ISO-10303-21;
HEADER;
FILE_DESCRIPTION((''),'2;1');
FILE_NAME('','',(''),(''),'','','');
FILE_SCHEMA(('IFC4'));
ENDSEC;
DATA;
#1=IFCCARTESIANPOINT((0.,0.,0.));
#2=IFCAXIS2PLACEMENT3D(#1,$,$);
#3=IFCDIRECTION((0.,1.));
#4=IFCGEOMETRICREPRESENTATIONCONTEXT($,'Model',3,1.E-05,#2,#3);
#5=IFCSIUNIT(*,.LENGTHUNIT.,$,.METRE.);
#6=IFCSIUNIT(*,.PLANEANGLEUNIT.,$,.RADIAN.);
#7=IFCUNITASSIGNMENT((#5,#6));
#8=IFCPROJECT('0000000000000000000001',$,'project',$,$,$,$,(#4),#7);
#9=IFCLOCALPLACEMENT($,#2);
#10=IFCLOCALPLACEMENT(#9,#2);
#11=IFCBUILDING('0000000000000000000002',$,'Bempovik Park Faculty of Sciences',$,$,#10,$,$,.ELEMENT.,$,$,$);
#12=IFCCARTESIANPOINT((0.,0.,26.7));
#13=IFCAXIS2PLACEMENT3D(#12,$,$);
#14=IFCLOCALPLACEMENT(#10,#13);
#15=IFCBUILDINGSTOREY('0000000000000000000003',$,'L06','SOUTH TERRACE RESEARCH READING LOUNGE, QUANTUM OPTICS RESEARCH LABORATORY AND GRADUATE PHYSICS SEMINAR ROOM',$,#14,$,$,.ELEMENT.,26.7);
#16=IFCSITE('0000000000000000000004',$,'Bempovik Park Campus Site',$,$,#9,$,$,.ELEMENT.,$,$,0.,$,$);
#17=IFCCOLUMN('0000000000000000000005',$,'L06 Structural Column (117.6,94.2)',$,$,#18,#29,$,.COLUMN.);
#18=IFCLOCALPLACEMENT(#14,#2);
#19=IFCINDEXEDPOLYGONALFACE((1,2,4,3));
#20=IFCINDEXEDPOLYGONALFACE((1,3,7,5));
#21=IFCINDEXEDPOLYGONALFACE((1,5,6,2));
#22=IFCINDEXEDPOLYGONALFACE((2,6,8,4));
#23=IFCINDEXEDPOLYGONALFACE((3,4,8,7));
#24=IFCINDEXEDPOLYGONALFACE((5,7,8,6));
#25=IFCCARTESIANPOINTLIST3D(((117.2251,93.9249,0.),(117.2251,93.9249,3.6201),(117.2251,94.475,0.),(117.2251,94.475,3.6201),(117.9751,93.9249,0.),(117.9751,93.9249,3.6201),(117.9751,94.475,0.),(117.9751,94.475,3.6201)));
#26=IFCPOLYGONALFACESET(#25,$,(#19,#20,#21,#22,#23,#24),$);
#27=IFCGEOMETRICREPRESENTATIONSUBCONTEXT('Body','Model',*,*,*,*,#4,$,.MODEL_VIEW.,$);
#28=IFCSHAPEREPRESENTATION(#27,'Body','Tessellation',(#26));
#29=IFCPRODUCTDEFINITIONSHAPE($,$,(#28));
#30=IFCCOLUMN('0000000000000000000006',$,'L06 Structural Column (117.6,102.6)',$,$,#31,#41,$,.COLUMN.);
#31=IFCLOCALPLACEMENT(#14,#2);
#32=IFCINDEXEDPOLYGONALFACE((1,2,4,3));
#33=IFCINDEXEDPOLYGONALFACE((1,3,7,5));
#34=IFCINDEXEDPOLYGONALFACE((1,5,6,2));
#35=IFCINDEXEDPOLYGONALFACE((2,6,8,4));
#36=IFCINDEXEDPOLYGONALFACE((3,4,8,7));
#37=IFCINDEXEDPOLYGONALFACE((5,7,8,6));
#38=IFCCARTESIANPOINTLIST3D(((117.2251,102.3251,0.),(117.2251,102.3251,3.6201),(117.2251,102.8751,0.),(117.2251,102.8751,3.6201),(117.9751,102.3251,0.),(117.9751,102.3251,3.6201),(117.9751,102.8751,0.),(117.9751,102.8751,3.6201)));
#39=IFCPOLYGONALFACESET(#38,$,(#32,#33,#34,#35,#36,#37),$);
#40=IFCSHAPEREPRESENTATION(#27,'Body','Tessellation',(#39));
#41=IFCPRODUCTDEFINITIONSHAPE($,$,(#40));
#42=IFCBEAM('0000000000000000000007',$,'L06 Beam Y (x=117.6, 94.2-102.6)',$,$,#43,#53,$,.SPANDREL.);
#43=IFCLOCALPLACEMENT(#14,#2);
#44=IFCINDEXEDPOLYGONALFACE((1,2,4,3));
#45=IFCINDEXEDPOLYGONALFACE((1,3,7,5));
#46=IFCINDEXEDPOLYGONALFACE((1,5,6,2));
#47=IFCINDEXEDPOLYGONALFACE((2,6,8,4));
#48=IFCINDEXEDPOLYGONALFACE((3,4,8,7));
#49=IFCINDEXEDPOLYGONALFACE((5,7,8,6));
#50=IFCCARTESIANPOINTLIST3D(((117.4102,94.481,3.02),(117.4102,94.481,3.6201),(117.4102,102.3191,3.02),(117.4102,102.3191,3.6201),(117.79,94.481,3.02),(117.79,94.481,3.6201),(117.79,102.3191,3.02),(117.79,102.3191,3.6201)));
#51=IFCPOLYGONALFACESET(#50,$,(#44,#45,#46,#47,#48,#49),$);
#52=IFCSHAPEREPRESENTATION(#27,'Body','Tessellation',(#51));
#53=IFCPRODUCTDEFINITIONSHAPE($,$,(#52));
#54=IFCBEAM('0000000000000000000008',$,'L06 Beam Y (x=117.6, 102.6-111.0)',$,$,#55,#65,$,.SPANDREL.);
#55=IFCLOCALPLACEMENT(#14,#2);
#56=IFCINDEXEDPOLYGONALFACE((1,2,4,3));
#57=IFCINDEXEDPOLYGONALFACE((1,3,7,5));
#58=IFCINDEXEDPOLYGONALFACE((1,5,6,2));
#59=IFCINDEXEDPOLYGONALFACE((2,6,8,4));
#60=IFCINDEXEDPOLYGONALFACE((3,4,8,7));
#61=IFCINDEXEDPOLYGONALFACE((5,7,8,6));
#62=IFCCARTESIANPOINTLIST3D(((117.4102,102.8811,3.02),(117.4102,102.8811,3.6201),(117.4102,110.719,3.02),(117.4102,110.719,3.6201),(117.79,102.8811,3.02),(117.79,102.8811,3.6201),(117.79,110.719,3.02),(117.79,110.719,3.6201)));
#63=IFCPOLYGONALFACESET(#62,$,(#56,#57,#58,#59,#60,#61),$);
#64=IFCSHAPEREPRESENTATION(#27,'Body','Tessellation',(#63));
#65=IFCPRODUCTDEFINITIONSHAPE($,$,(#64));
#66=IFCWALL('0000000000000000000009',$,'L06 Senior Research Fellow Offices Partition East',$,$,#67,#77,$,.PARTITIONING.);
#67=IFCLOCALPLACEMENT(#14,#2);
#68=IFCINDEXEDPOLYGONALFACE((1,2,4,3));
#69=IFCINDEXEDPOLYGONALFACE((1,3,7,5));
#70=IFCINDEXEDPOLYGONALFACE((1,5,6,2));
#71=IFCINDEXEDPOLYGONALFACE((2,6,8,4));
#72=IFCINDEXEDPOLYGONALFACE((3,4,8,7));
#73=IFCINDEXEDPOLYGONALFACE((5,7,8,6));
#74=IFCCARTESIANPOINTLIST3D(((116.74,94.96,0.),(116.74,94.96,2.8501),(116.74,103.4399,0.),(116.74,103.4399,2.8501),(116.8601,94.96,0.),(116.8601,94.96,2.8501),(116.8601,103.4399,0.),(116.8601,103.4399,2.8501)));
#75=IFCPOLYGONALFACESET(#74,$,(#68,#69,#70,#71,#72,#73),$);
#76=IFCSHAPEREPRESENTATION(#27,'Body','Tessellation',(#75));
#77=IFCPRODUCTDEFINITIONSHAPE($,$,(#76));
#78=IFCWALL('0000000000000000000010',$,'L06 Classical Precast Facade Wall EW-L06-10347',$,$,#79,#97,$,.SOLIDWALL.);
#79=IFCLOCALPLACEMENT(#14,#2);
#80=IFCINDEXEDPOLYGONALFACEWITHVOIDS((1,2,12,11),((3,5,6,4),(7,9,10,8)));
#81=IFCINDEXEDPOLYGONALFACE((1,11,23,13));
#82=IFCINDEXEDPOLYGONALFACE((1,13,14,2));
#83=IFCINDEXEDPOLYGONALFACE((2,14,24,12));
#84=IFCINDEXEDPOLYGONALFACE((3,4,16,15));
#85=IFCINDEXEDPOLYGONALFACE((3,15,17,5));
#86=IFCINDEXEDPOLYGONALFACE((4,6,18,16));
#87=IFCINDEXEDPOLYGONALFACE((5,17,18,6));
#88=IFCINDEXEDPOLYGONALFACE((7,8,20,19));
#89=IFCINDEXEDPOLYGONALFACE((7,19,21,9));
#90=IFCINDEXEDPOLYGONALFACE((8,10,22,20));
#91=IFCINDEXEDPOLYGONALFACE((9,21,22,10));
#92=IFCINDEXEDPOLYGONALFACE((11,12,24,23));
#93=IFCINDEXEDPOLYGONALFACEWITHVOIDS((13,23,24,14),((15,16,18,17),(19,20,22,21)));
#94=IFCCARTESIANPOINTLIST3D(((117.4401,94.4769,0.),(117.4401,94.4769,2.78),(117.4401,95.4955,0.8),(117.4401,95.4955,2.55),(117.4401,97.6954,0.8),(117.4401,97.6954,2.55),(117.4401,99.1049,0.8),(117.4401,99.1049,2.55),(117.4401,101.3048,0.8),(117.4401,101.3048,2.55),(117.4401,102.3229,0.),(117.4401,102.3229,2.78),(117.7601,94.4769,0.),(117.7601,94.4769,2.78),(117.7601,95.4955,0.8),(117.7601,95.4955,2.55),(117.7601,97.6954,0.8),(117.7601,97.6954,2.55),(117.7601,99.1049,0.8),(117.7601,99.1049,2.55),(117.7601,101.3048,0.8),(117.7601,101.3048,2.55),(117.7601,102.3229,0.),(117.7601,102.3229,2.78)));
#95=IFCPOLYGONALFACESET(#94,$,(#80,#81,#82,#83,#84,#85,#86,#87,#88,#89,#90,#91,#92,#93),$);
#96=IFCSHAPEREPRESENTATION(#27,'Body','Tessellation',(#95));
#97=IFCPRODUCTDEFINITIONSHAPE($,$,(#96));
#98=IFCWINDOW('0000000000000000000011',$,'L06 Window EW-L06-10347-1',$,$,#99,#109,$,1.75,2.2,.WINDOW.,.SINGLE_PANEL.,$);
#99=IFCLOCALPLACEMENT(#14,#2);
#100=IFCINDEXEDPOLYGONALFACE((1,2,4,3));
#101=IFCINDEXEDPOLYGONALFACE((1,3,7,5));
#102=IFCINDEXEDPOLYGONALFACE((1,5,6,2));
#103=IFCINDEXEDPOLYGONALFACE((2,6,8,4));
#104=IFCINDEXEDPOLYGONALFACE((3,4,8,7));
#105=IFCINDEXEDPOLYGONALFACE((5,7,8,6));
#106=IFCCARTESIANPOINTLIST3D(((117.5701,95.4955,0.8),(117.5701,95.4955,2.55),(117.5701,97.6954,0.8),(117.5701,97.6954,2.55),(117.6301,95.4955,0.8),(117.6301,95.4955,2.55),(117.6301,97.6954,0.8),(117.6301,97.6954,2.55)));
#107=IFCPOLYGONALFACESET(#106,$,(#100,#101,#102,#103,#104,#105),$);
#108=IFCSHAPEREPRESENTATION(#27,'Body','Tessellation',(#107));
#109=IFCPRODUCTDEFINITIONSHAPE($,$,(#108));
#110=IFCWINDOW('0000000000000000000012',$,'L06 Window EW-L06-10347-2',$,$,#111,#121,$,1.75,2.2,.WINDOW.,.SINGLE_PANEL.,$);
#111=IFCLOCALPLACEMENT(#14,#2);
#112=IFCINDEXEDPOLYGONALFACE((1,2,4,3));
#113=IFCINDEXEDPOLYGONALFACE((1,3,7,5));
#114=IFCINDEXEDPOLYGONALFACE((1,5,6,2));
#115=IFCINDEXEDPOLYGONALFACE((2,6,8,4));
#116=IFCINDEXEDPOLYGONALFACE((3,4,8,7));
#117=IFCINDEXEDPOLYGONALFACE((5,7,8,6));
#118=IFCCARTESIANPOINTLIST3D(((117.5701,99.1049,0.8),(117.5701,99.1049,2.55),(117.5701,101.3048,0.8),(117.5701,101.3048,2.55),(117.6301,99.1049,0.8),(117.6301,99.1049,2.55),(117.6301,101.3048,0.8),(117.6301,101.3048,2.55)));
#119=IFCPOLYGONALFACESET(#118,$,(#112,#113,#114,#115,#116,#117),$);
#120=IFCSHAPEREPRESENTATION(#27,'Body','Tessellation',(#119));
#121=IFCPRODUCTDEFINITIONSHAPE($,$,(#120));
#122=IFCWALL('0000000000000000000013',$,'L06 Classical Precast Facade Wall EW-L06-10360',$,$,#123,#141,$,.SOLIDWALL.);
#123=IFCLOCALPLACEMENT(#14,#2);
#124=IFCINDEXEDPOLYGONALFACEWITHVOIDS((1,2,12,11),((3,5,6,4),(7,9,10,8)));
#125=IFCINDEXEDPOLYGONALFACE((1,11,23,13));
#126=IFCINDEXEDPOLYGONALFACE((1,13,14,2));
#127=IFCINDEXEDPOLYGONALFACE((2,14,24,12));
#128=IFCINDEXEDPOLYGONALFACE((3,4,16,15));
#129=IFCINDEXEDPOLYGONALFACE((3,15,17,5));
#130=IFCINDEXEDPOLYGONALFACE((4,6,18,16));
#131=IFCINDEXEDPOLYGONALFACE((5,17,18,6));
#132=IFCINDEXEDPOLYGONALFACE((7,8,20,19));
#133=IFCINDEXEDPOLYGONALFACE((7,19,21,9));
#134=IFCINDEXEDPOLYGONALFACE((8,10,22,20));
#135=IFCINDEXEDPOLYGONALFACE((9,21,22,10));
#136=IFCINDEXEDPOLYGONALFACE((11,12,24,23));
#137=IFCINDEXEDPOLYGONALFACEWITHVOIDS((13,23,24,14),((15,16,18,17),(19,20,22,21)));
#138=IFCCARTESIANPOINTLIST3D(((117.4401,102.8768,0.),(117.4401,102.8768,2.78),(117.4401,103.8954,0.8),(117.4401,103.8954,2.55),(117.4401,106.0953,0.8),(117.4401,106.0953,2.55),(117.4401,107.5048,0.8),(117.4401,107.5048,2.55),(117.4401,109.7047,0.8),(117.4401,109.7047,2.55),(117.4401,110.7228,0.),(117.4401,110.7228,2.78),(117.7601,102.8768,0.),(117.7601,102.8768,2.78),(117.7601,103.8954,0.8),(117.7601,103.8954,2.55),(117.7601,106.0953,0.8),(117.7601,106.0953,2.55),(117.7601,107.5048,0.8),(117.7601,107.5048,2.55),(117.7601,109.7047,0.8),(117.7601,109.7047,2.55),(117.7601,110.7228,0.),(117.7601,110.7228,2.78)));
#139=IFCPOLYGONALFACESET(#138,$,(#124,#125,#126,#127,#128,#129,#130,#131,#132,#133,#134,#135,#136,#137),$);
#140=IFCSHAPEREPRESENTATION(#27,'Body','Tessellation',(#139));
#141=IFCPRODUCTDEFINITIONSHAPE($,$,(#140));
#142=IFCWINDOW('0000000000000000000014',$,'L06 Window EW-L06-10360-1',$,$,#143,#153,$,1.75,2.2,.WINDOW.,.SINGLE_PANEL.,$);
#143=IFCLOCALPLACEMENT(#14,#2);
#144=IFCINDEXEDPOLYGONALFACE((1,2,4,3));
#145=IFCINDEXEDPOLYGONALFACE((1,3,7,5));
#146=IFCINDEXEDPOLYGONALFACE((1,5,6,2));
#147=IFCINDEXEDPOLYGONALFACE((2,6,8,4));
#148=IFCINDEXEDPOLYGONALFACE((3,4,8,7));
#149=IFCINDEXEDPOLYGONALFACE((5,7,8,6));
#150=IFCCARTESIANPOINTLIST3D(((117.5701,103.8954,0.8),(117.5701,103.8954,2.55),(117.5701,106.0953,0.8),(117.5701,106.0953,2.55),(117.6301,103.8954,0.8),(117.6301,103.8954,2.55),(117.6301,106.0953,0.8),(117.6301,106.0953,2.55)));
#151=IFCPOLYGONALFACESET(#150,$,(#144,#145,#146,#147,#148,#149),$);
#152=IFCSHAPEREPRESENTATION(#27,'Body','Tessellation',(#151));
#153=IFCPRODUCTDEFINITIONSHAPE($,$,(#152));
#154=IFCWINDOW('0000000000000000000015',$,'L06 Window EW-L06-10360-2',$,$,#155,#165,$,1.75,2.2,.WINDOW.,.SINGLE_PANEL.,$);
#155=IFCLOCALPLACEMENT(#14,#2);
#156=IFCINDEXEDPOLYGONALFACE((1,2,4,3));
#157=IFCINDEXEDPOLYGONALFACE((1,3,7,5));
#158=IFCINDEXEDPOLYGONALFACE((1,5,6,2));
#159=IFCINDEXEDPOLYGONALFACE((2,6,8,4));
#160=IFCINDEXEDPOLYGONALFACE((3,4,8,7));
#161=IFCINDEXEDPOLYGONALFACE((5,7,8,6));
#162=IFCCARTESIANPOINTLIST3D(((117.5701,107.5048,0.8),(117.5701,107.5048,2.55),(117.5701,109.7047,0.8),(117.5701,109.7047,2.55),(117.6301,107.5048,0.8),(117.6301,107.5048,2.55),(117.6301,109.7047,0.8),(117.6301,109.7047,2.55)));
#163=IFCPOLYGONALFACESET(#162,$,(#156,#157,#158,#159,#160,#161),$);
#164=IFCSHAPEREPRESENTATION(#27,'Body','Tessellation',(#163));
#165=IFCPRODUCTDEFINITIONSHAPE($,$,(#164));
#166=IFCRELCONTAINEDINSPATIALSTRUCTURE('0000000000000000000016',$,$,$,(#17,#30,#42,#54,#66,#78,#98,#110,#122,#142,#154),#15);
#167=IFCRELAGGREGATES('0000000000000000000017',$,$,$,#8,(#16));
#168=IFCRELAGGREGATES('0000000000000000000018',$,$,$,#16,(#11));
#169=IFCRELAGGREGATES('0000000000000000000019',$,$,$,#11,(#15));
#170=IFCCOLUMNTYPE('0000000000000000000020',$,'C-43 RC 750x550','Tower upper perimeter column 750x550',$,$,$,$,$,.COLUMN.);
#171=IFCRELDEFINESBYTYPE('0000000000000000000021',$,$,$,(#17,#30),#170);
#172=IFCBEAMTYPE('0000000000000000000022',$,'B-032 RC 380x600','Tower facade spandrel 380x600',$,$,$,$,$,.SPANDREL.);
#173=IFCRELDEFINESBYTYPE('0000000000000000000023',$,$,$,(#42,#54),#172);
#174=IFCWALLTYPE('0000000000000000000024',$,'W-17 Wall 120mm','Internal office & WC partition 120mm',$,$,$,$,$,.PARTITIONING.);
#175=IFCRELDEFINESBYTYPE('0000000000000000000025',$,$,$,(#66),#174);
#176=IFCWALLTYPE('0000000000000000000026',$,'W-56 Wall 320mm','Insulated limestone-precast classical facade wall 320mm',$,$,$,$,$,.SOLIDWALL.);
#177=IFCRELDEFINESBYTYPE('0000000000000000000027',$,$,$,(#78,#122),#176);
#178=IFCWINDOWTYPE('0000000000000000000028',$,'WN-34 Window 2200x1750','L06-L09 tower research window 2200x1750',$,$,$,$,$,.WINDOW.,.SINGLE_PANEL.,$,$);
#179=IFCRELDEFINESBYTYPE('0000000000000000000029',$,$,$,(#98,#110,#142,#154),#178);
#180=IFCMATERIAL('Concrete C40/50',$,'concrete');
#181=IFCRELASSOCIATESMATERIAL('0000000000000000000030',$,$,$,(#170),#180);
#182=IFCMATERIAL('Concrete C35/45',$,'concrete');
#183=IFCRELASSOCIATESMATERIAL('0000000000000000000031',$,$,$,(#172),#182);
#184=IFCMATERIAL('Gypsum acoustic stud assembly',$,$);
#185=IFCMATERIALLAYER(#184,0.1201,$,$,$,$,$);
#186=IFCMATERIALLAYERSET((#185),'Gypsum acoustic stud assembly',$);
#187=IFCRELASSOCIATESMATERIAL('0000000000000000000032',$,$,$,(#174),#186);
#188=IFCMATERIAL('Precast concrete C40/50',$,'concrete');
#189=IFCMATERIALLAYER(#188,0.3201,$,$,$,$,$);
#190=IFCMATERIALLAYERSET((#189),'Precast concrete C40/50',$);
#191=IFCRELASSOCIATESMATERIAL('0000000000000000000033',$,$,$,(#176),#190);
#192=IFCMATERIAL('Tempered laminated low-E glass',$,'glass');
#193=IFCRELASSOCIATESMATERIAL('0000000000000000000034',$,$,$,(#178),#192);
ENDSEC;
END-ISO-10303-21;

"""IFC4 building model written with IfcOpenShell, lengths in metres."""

from ifc_helpers import new_model, si_unit, direction, frame, frame_2d, origin, origin_2d, place, context, subcontext, project, spatial, rectangle, extrude, material, layer, layer_set, material_profile, profile_set, type_object, element, fill, save


model = new_model("IFC4")

# Units and contexts
model_context = context("Model", 3, precision=1e-05, world=origin(), true_north=direction((0.0, 1.0)))
body_context = subcontext(model_context, "Body", "Model", "MODEL_VIEW")
ifc_project = project(units=[si_unit("LENGTHUNIT", "METRE"), si_unit("PLANEANGLEUNIT", "RADIAN")], contexts=[model_context])

# Site, building, storey
site_placement = place(None, origin())
site = spatial("IfcSite", under=ifc_project, at=site_placement, Name="Bempovik Park Campus Site", CompositionType="ELEMENT", RefElevation=0.0)
building_placement = place(site_placement, origin())
building = spatial("IfcBuilding", under=site, at=building_placement, Name="Bempovik Park Faculty of Sciences", CompositionType="ELEMENT")
storey_placement = place(building_placement, frame((0.0, 0.0, 26.7)))
storey = spatial("IfcBuildingStorey", under=building, at=storey_placement, Name="L06", Description="SOUTH TERRACE RESEARCH READING LOUNGE, QUANTUM OPTICS RESEARCH LABORATORY AND GRADUATE PHYSICS SEMINAR ROOM", CompositionType="ELEMENT", Elevation=26.7)

# Columns
ifc_material_1 = material(Name="Concrete C40/50", Category="concrete")
ifc_material_profile_1 = material_profile(ifc_material_1, rectangle(XDim=0.75, YDim=0.55, at=origin_2d()), Name="RC 750x550")
ifc_profile_set_1 = profile_set([ifc_material_profile_1], Name="Concrete C40/50")
column_type = type_object("IfcColumnType", Name="C-43 RC 750x550", Description="Tower upper perimeter column 750x550", PredefinedType="COLUMN", material=ifc_profile_set_1)
for number, where, z_axis, x_axis, name in (
    (1, (117.6001, 94.2, 0.0), (0.0, 0.0, 1.0), (1.0, 0.0, 0.0), "L06 Structural Column (117.6,94.2)"),
    (2, (117.6001, 102.6001, 0.0), (0.0, 0.0, 1.0), (1.0, 0.0, 0.0), "L06 Structural Column (117.6,102.6)"),
):
    element("IfcColumn", number, at=place(storey_placement, frame(where, z_axis=z_axis, x_axis=x_axis)), inside=storey, type_object=column_type, Name=name, PredefinedType="COLUMN", context=body_context, shape_type="SweptSolid", body=[
        extrude(rectangle(XDim=0.75, YDim=0.55, at=origin_2d()), origin(), (0.0, 0.0, 1.0), 3.6201),
    ])

# Beams
ifc_material_2 = material(Name="Concrete C35/45", Category="concrete")
ifc_material_profile_2 = material_profile(ifc_material_2, rectangle(XDim=0.3799, YDim=0.6001, at=origin_2d()), Name="RC 380x600")
ifc_profile_set_2 = profile_set([ifc_material_profile_2], Name="Concrete C35/45")
beam_type = type_object("IfcBeamType", Name="B-032 RC 380x600", Description="Tower facade spandrel 380x600", PredefinedType="SPANDREL", material=ifc_profile_set_2)
beam_1_placement = place(storey_placement, frame((117.6001, 94.481, 3.3201), z_axis=(0.0, 1.0, 0.0), x_axis=(-1.0, 0.0, 0.0)))
element("IfcBeam", 3, at=beam_1_placement, inside=storey, type_object=beam_type, Name="L06 Beam Y (x=117.6, 94.2-102.6)", PredefinedType="SPANDREL", context=body_context, shape_type="SweptSolid", body=[
    extrude(rectangle(XDim=0.3799, YDim=0.6001, at=origin_2d()), origin(), (0.0, 0.0, 1.0), 7.8381),
])
beam_2_placement = place(storey_placement, frame((117.6001, 102.8811, 3.3201), z_axis=(0.0, 1.0, 0.0), x_axis=(-1.0, 0.0, 0.0)))
element("IfcBeam", 4, at=beam_2_placement, inside=storey, type_object=beam_type, Name="L06 Beam Y (x=117.6, 102.6-111.0)", PredefinedType="SPANDREL", context=body_context, shape_type="SweptSolid", body=[
    extrude(rectangle(XDim=0.3799, YDim=0.6001, at=origin_2d()), origin(), (0.0, 0.0, 1.0), 7.8379),
])

# Wall
ifc_material_3 = material(Name="Gypsum acoustic stud assembly")
ifc_layer_1 = layer(ifc_material_3, 0.1201)
ifc_layer_set_1 = layer_set([ifc_layer_1], Name="Gypsum acoustic stud assembly")
wall_type_1 = type_object("IfcWallType", Name="W-17 Wall 120mm", Description="Internal office & WC partition 120mm", PredefinedType="PARTITIONING", material=ifc_layer_set_1)
wall_1_placement = place(storey_placement, frame((116.8, 94.96, 0.0), z_axis=(0.0, 0.0, 1.0), x_axis=(0.0, 1.0, 0.0)))
element("IfcWall", 5, at=wall_1_placement, inside=storey, type_object=wall_type_1, Name="L06 Senior Research Fellow Offices Partition East", PredefinedType="PARTITIONING", context=body_context, shape_type="SweptSolid", body=[
    extrude(rectangle(XDim=8.48, YDim=0.1201, at=frame_2d((4.24, 0.0))), origin(), (0.0, 0.0, 1.0), 2.8501),
])

# Walls, openings, windows
ifc_material_4 = material(Name="Precast concrete C40/50", Category="concrete")
ifc_layer_2 = layer(ifc_material_4, 0.3201)
ifc_layer_set_2 = layer_set([ifc_layer_2], Name="Precast concrete C40/50")
wall_type_2 = type_object("IfcWallType", Name="W-56 Wall 320mm", Description="Insulated limestone-precast classical facade wall 320mm", PredefinedType="SOLIDWALL", material=ifc_layer_set_2)
wall_2_placement = place(storey_placement, frame((117.6001, 94.4771, 0.0), z_axis=(0.0, 0.0, 1.0), x_axis=(0.0, 1.0, 0.0)))
wall_2 = element("IfcWall", 6, at=wall_2_placement, inside=storey, type_object=wall_type_2, Name="L06 Classical Precast Facade Wall EW-L06-10347", PredefinedType="SOLIDWALL", context=body_context, shape_type="SweptSolid", body=[
    extrude(rectangle(XDim=7.8459, YDim=0.3201, at=frame_2d((3.9229, 0.0))), origin(), (0.0, 0.0, 1.0), 2.78),
])
opening_1_placement = place(wall_2_placement, frame((1.0183, 0.0, 0.8)))
opening_1 = element("IfcOpeningElement", 7, at=opening_1_placement, cuts=wall_2, PredefinedType="OPENING", context=body_context, shape_type="SweptSolid", body=[
    extrude(rectangle(XDim=2.2, YDim=1.75, at=frame_2d((1.1001, 0.875))), frame((0.0, 0.1699, 0.0), z_axis=(0.0, -1.0, 0.0), x_axis=(1.0, 0.0, 0.0)), (0.0, 0.0, 1.0), 0.3401),
])
opening_2_placement = place(wall_2_placement, frame((4.6277, 0.0, 0.8)))
opening_2 = element("IfcOpeningElement", 8, at=opening_2_placement, cuts=wall_2, PredefinedType="OPENING", context=body_context, shape_type="SweptSolid", body=[
    extrude(rectangle(XDim=2.2, YDim=1.75, at=frame_2d((1.1001, 0.875))), frame((0.0, 0.1699, 0.0), z_axis=(0.0, -1.0, 0.0), x_axis=(1.0, 0.0, 0.0)), (0.0, 0.0, 1.0), 0.3401),
])
ifc_material_5 = material(Name="Tempered laminated low-E glass", Category="glass")
window_type = type_object("IfcWindowType", Name="WN-34 Window 2200x1750", Description="L06-L09 tower research window 2200x1750", PartitioningType="SINGLE_PANEL", PredefinedType="WINDOW", material=ifc_material_5)
window_1_placement = place(opening_1_placement, origin())
window_1 = element("IfcWindow", 9, at=window_1_placement, inside=storey, type_object=window_type, Name="L06 Window EW-L06-10347-1", OverallHeight=1.75, OverallWidth=2.2, PartitioningType="SINGLE_PANEL", PredefinedType="WINDOW", context=body_context, shape_type="SweptSolid", body=[
    extrude(rectangle(XDim=2.2, YDim=1.75, at=frame_2d((1.1001, 0.875))), frame((0.0, 0.03, 0.0), z_axis=(0.0, -1.0, 0.0), x_axis=(1.0, 0.0, 0.0)), (0.0, 0.0, 1.0), 0.0601),
])
fill(opening_1, window_1)
window_2_placement = place(opening_2_placement, origin())
window_2 = element("IfcWindow", 10, at=window_2_placement, inside=storey, type_object=window_type, Name="L06 Window EW-L06-10347-2", OverallHeight=1.75, OverallWidth=2.2, PartitioningType="SINGLE_PANEL", PredefinedType="WINDOW", context=body_context, shape_type="SweptSolid", body=[
    extrude(rectangle(XDim=2.2, YDim=1.75, at=frame_2d((1.1001, 0.875))), frame((0.0, 0.03, 0.0), z_axis=(0.0, -1.0, 0.0), x_axis=(1.0, 0.0, 0.0)), (0.0, 0.0, 1.0), 0.0601),
])
fill(opening_2, window_2)
wall_3_placement = place(storey_placement, frame((117.6001, 102.877, 0.0), z_axis=(0.0, 0.0, 1.0), x_axis=(0.0, 1.0, 0.0)))
wall_3 = element("IfcWall", 11, at=wall_3_placement, inside=storey, type_object=wall_type_2, Name="L06 Classical Precast Facade Wall EW-L06-10360", PredefinedType="SOLIDWALL", context=body_context, shape_type="SweptSolid", body=[
    extrude(rectangle(XDim=7.8459, YDim=0.3201, at=frame_2d((3.9229, 0.0))), origin(), (0.0, 0.0, 1.0), 2.78),
])
opening_3_placement = place(wall_3_placement, frame((1.0183, 0.0, 0.8)))
opening_3 = element("IfcOpeningElement", 12, at=opening_3_placement, cuts=wall_3, PredefinedType="OPENING", context=body_context, shape_type="SweptSolid", body=[
    extrude(rectangle(XDim=2.2, YDim=1.75, at=frame_2d((1.1001, 0.875))), frame((0.0, 0.1699, 0.0), z_axis=(0.0, -1.0, 0.0), x_axis=(1.0, 0.0, 0.0)), (0.0, 0.0, 1.0), 0.3401),
])
opening_4_placement = place(wall_3_placement, frame((4.6277, 0.0, 0.8)))
opening_4 = element("IfcOpeningElement", 13, at=opening_4_placement, cuts=wall_3, PredefinedType="OPENING", context=body_context, shape_type="SweptSolid", body=[
    extrude(rectangle(XDim=2.2, YDim=1.75, at=frame_2d((1.1001, 0.875))), frame((0.0, 0.1699, 0.0), z_axis=(0.0, -1.0, 0.0), x_axis=(1.0, 0.0, 0.0)), (0.0, 0.0, 1.0), 0.3401),
])
window_3_placement = place(opening_3_placement, origin())
window_3 = element("IfcWindow", 14, at=window_3_placement, inside=storey, type_object=window_type, Name="L06 Window EW-L06-10360-1", OverallHeight=1.75, OverallWidth=2.2, PartitioningType="SINGLE_PANEL", PredefinedType="WINDOW", context=body_context, shape_type="SweptSolid", body=[
    extrude(rectangle(XDim=2.2, YDim=1.75, at=frame_2d((1.1001, 0.875))), frame((0.0, 0.03, 0.0), z_axis=(0.0, -1.0, 0.0), x_axis=(1.0, 0.0, 0.0)), (0.0, 0.0, 1.0), 0.0601),
])
fill(opening_3, window_3)
window_4_placement = place(opening_4_placement, origin())
window_4 = element("IfcWindow", 15, at=window_4_placement, inside=storey, type_object=window_type, Name="L06 Window EW-L06-10360-2", OverallHeight=1.75, OverallWidth=2.2, PartitioningType="SINGLE_PANEL", PredefinedType="WINDOW", context=body_context, shape_type="SweptSolid", body=[
    extrude(rectangle(XDim=2.2, YDim=1.75, at=frame_2d((1.1001, 0.875))), frame((0.0, 0.03, 0.0), z_axis=(0.0, -1.0, 0.0), x_axis=(1.0, 0.0, 0.0)), (0.0, 0.0, 1.0), 0.0601),
])
fill(opening_4, window_4)

save(model, "model.ifc")
